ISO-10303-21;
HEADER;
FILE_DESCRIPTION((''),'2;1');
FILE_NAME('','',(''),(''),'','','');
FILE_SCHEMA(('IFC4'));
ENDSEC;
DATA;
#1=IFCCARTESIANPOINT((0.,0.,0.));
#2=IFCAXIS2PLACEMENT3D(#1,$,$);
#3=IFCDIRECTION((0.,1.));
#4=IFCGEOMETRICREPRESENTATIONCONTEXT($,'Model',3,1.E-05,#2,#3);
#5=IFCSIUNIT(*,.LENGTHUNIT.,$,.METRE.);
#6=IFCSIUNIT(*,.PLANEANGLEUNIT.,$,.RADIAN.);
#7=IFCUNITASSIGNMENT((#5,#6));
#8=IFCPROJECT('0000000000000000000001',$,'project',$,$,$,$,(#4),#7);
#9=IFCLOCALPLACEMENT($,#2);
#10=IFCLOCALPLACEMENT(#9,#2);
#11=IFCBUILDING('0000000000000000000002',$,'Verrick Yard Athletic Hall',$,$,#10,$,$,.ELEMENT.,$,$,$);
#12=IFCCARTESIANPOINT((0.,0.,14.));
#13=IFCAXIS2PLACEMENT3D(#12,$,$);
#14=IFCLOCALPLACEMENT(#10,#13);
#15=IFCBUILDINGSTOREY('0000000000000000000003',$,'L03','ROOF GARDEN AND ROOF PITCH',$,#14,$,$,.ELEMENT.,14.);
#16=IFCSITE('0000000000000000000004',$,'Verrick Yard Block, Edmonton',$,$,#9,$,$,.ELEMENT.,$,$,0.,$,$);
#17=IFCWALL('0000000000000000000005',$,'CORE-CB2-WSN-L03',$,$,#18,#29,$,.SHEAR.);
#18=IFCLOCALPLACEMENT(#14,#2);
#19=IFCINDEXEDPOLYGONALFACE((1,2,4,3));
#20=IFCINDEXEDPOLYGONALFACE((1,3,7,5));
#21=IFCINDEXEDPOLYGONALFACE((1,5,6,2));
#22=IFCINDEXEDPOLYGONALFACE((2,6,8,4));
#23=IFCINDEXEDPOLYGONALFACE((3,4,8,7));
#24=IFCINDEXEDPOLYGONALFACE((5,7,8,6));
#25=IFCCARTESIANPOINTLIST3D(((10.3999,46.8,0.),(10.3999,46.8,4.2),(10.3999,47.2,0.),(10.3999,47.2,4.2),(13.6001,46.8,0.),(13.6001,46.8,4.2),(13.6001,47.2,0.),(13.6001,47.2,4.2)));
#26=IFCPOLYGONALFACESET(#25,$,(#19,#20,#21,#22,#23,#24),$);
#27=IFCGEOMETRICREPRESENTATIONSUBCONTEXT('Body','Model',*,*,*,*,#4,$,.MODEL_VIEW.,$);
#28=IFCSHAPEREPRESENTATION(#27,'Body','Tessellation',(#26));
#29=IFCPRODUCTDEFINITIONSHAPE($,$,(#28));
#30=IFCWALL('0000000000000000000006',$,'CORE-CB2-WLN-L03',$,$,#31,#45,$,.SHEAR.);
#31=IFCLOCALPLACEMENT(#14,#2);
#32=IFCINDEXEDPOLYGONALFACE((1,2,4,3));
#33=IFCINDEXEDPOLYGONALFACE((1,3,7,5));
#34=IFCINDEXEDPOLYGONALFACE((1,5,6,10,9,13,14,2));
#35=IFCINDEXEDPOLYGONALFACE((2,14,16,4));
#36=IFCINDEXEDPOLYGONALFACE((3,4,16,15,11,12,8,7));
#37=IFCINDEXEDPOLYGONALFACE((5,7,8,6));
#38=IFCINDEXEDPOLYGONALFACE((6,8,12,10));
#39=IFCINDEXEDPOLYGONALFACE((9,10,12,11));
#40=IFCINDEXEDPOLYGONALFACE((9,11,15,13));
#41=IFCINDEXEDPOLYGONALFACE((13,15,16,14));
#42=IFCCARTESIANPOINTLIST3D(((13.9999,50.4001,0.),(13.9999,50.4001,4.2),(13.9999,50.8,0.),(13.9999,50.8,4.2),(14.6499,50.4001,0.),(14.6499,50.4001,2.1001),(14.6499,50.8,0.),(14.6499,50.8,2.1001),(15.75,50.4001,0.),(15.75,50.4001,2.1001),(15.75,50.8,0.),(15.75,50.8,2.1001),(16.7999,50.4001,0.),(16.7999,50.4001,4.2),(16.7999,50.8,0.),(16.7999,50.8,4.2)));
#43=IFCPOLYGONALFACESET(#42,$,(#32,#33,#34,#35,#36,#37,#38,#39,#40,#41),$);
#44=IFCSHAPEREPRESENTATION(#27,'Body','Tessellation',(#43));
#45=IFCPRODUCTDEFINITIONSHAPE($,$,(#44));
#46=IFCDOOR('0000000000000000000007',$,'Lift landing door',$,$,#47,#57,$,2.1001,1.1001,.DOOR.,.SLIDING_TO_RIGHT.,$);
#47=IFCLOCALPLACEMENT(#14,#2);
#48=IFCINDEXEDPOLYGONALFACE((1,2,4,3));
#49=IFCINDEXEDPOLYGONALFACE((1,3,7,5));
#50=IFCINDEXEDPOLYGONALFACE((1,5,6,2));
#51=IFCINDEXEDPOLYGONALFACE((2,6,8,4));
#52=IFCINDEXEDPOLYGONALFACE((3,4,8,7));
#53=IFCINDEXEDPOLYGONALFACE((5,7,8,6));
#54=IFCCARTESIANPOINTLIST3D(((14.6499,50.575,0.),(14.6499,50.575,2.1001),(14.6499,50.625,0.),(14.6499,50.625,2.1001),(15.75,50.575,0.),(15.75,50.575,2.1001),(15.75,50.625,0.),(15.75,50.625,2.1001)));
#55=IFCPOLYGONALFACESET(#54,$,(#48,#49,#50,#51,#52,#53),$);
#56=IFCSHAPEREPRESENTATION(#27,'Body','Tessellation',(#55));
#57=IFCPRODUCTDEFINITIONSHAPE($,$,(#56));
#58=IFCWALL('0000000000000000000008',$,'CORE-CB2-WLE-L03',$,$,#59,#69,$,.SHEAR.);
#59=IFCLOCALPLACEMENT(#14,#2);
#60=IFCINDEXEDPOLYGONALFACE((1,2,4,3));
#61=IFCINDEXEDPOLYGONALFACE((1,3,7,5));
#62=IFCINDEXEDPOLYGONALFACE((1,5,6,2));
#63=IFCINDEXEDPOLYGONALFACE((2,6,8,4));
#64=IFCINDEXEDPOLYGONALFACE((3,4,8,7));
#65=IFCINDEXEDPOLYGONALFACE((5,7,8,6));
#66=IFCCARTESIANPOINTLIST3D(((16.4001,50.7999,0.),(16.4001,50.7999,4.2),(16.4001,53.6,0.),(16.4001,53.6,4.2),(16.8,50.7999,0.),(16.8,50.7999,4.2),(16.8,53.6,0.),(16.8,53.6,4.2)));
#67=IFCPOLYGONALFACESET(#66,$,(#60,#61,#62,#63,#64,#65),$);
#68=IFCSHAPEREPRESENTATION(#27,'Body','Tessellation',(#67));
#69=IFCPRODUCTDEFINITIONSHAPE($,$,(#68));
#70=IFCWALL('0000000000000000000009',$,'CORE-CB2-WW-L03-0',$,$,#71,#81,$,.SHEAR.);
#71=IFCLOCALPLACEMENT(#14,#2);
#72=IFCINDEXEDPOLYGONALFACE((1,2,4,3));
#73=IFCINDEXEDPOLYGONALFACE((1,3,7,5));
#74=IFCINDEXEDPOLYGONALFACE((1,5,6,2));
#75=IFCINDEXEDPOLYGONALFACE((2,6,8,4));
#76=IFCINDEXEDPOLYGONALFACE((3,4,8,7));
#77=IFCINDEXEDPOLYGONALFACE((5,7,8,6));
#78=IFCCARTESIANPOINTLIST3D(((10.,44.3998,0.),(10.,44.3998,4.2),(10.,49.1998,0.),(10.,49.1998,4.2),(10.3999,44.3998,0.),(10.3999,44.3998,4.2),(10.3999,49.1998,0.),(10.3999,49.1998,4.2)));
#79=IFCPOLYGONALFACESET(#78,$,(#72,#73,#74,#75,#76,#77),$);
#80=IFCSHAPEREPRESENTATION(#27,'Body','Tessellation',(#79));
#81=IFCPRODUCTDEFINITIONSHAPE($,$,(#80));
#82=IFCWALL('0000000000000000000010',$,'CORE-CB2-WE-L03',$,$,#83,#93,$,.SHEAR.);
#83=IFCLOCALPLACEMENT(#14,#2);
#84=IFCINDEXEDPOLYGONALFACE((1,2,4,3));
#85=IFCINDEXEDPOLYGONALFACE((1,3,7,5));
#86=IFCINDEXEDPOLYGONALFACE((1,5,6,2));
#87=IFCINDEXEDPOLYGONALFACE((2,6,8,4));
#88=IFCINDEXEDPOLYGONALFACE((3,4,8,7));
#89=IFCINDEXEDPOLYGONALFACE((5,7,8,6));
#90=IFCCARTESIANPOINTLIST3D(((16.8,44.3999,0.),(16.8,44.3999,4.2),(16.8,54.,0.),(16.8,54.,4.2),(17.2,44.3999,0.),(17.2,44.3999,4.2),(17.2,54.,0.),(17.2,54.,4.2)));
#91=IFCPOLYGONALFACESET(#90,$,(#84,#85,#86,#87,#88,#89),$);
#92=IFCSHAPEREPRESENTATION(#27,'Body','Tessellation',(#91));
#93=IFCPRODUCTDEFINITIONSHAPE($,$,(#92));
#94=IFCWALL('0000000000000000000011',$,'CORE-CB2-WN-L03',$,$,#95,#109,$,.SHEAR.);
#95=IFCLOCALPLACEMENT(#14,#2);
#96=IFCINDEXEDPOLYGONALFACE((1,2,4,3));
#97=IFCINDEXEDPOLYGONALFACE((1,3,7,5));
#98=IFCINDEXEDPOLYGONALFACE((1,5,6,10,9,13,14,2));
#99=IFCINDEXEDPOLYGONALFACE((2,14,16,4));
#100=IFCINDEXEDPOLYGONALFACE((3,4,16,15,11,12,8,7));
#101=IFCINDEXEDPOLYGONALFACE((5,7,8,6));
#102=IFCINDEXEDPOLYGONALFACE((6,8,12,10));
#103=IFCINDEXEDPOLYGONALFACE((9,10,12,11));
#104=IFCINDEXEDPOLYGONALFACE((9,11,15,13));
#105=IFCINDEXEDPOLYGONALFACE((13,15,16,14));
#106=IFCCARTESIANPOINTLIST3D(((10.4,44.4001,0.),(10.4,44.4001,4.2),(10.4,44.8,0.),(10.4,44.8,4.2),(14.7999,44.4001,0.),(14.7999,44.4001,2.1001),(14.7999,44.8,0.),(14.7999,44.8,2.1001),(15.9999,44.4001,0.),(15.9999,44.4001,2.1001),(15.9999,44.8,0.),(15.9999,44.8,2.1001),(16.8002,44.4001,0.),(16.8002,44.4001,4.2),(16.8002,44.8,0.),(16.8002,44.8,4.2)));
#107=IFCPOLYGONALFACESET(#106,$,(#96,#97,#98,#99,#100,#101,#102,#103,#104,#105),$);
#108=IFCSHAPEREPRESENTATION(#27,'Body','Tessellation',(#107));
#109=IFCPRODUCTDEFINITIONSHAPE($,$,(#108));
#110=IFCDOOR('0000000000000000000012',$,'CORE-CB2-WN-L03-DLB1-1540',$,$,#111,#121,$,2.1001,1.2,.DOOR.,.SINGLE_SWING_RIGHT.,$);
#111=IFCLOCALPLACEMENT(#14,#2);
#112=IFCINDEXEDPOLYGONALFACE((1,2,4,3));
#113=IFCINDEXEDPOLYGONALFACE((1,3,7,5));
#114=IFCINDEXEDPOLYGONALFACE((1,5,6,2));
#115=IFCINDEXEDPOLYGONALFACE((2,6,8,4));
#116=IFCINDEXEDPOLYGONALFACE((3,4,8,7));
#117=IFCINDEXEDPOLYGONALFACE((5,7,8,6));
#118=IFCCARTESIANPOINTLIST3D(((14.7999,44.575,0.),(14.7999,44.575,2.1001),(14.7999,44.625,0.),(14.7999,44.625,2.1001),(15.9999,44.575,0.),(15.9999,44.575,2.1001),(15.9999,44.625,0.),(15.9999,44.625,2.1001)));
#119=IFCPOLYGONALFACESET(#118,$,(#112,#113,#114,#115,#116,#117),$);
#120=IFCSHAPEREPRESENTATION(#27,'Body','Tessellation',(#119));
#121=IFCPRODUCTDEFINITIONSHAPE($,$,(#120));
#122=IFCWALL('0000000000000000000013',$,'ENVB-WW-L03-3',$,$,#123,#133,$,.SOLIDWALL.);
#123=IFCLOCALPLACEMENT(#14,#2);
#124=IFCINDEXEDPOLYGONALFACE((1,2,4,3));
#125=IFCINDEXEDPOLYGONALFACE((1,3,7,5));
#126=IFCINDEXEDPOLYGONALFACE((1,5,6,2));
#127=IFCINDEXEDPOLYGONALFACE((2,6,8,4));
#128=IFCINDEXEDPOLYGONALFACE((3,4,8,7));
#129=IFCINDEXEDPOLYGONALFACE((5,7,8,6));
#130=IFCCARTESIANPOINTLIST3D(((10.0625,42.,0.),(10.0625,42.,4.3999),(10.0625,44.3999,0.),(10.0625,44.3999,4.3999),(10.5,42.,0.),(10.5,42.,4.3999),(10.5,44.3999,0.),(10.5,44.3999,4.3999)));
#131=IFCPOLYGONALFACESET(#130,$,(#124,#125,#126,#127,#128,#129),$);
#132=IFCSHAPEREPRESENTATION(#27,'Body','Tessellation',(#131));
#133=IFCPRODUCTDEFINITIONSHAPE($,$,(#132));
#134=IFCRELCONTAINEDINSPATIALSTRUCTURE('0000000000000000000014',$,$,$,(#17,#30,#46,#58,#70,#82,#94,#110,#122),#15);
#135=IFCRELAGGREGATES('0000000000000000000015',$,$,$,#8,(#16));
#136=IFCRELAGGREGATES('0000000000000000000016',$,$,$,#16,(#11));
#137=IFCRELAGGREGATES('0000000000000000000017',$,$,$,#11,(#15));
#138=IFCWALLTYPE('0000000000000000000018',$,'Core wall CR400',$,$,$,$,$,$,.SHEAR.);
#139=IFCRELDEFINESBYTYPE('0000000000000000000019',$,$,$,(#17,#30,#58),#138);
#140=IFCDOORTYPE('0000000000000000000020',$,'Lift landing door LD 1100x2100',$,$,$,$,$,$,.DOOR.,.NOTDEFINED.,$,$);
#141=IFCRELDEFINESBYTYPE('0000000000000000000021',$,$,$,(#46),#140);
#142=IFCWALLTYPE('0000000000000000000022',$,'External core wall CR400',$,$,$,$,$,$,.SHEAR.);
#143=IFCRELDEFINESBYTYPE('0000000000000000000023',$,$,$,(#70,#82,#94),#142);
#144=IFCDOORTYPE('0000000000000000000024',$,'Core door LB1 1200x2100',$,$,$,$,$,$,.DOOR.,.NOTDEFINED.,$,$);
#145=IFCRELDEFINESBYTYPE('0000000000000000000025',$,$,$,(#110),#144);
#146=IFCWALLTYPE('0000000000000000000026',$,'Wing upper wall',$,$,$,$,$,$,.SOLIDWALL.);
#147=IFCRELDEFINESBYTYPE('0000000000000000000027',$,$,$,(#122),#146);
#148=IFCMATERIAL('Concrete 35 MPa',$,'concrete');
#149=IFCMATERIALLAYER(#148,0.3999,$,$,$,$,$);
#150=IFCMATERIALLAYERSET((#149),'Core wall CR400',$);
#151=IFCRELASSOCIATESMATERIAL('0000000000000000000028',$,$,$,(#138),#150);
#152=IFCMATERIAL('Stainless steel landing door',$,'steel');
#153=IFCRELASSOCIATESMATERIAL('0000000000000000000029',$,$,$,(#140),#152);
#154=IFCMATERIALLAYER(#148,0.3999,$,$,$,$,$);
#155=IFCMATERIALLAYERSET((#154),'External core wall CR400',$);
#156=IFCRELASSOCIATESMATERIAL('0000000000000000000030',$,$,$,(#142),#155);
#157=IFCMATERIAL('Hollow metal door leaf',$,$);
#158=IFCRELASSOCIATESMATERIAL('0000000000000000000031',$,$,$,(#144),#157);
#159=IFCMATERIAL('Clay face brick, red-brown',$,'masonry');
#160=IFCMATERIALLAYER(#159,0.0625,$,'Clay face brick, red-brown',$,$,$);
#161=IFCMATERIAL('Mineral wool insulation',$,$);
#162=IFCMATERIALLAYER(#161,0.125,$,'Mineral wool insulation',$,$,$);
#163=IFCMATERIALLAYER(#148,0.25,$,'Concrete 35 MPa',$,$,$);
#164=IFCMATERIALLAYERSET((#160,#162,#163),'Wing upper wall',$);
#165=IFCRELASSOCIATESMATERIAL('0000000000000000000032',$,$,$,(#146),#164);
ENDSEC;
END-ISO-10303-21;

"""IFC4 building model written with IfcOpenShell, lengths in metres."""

from ifc_helpers import new_model, si_unit, direction, frame, frame_2d, origin, place, context, subcontext, project, spatial, rectangle, extrude, material, layer, layer_set, type_object, element, fill, save


model = new_model("IFC4")

# Units and contexts
model_context = context("Model", 3, precision=1e-05, world=origin(), true_north=direction((0.0, 1.0)))
body_context = subcontext(model_context, "Body", "Model", "MODEL_VIEW")
ifc_project = project(units=[si_unit("LENGTHUNIT", "METRE"), si_unit("PLANEANGLEUNIT", "RADIAN")], contexts=[model_context])

# Site, building, storey
site_placement = place(None, origin())
site = spatial("IfcSite", under=ifc_project, at=site_placement, Name="Verrick Yard Block, Edmonton", CompositionType="ELEMENT", RefElevation=0.0)
building_placement = place(site_placement, origin())
building = spatial("IfcBuilding", under=site, at=building_placement, Name="Verrick Yard Athletic Hall", CompositionType="ELEMENT")
storey_placement = place(building_placement, frame((0.0, 0.0, 14.0)))
storey = spatial("IfcBuildingStorey", under=building, at=storey_placement, Name="L03", Description="ROOF GARDEN AND ROOF PITCH", CompositionType="ELEMENT", Elevation=14.0)

# Shared definitions
ifc_material_1 = material(Name="Concrete 35 MPa", Category="concrete")
ifc_layer_1 = layer(ifc_material_1, 0.3999)
ifc_layer_set_1 = layer_set([ifc_layer_1], Name="Core wall CR400")
wall_type_1 = type_object("IfcWallType", Name="Core wall CR400", PredefinedType="SHEAR", material=ifc_layer_set_1)
ifc_material_2 = material(Name="Hollow metal door leaf")

# Wall
wall_1_placement = place(storey_placement, frame((10.3999, 47.0, 0.0), z_axis=(0.0, 0.0, 1.0), x_axis=(1.0, 0.0, 0.0)))
element("IfcWall", 1, at=wall_1_placement, inside=storey, type_object=wall_type_1, Name="CORE-CB2-WSN-L03", PredefinedType="SHEAR", context=body_context, shape_type="SweptSolid", body=[
    extrude(rectangle(XDim=3.2002, YDim=0.3999, at=frame_2d((1.6001, 0.0))), origin(), (0.0, 0.0, 1.0), 4.2),
])

# Wall, opening, door
wall_2_placement = place(storey_placement, frame((14.0, 50.6001, 0.0), z_axis=(0.0, 0.0, 1.0), x_axis=(1.0, 0.0, 0.0)))
wall_2 = element("IfcWall", 2, at=wall_2_placement, inside=storey, type_object=wall_type_1, Name="CORE-CB2-WLN-L03", PredefinedType="SHEAR", context=body_context, shape_type="SweptSolid", body=[
    extrude(rectangle(XDim=2.8, YDim=0.3999, at=frame_2d((1.3999, 0.0))), origin(), (0.0, 0.0, 1.0), 4.2),
])
opening_1_placement = place(wall_2_placement, frame((0.6499, 0.0, 0.0)))
opening_1 = element("IfcOpeningElement", 3, at=opening_1_placement, cuts=wall_2, PredefinedType="OPENING", context=body_context, shape_type="SweptSolid", body=[
    extrude(rectangle(XDim=1.1001, YDim=2.1001, at=frame_2d((0.55, 1.05))), frame((0.0, 0.21, 0.0), z_axis=(0.0, -1.0, 0.0), x_axis=(1.0, 0.0, 0.0)), (0.0, 0.0, 1.0), 0.4199),
])
ifc_material_3 = material(Name="Stainless steel landing door", Category="steel")
door_type_1 = type_object("IfcDoorType", Name="Lift landing door LD 1100x2100", OperationType="NOTDEFINED", PredefinedType="DOOR", material=ifc_material_3)
door_1_placement = place(opening_1_placement, origin())
door_1 = element("IfcDoor", 4, at=door_1_placement, inside=storey, type_object=door_type_1, Name="Lift landing door", OperationType="SLIDING_TO_RIGHT", OverallHeight=2.1001, OverallWidth=1.1001, PredefinedType="DOOR", context=body_context, shape_type="SweptSolid", body=[
    extrude(rectangle(XDim=1.1001, YDim=2.1001, at=frame_2d((0.55, 1.05))), frame((0.0, 0.0249, 0.0), z_axis=(0.0, -1.0, 0.0), x_axis=(1.0, 0.0, 0.0)), (0.0, 0.0, 1.0), 0.05),
])
fill(opening_1, door_1)

# Walls
wall_3_placement = place(storey_placement, frame((16.6001, 50.8, 0.0), z_axis=(0.0, 0.0, 1.0), x_axis=(0.0, 1.0, 0.0)))
element("IfcWall", 5, at=wall_3_placement, inside=storey, type_object=wall_type_1, Name="CORE-CB2-WLE-L03", PredefinedType="SHEAR", context=body_context, shape_type="SweptSolid", body=[
    extrude(rectangle(XDim=2.8, YDim=0.3999, at=frame_2d((1.3999, 0.0))), origin(), (0.0, 0.0, 1.0), 4.2),
])
ifc_layer_2 = layer(ifc_material_1, 0.3999)
ifc_layer_set_2 = layer_set([ifc_layer_2], Name="External core wall CR400")
wall_type_2 = type_object("IfcWallType", Name="External core wall CR400", PredefinedType="SHEAR", material=ifc_layer_set_2)
wall_4_placement = place(storey_placement, frame((10.2, 44.3999, 0.0), z_axis=(0.0, 0.0, 1.0), x_axis=(0.0, 1.0, 0.0)))
element("IfcWall", 6, at=wall_4_placement, inside=storey, type_object=wall_type_2, Name="CORE-CB2-WW-L03-0", PredefinedType="SHEAR", context=body_context, shape_type="SweptSolid", body=[
    extrude(rectangle(XDim=4.8, YDim=0.3999, at=frame_2d((2.3999, 0.0))), origin(), (0.0, 0.0, 1.0), 4.2),
])
wall_5_placement = place(storey_placement, frame((17.0, 44.3999, 0.0), z_axis=(0.0, 0.0, 1.0), x_axis=(0.0, 1.0, 0.0)))
element("IfcWall", 7, at=wall_5_placement, inside=storey, type_object=wall_type_2, Name="CORE-CB2-WE-L03", PredefinedType="SHEAR", context=body_context, shape_type="SweptSolid", body=[
    extrude(rectangle(XDim=9.6001, YDim=0.3999, at=frame_2d((4.8, 0.0))), origin(), (0.0, 0.0, 1.0), 4.2),
])

# Wall, opening, door
wall_6_placement = place(storey_placement, frame((10.3999, 44.6001, 0.0), z_axis=(0.0, 0.0, 1.0), x_axis=(1.0, 0.0, 0.0)))
wall_6 = element("IfcWall", 8, at=wall_6_placement, inside=storey, type_object=wall_type_2, Name="CORE-CB2-WN-L03", PredefinedType="SHEAR", context=body_context, shape_type="SweptSolid", body=[
    extrude(rectangle(XDim=6.4001, YDim=0.3999, at=frame_2d((3.2002, 0.0))), origin(), (0.0, 0.0, 1.0), 4.2),
])
opening_2_placement = place(wall_6_placement, frame((4.3999, 0.0, 0.0)))
opening_2 = element("IfcOpeningElement", 9, at=opening_2_placement, cuts=wall_6, PredefinedType="OPENING", context=body_context, shape_type="SweptSolid", body=[
    extrude(rectangle(XDim=1.2, YDim=2.1001, at=frame_2d((0.6001, 1.05))), frame((0.0, 0.21, 0.0), z_axis=(0.0, -1.0, 0.0), x_axis=(1.0, 0.0, 0.0)), (0.0, 0.0, 1.0), 0.4199),
])
door_type_2 = type_object("IfcDoorType", Name="Core door LB1 1200x2100", OperationType="NOTDEFINED", PredefinedType="DOOR", material=ifc_material_2)
door_2_placement = place(opening_2_placement, origin())
door_2 = element("IfcDoor", 10, at=door_2_placement, inside=storey, type_object=door_type_2, Name="CORE-CB2-WN-L03-DLB1-1540", OperationType="SINGLE_SWING_RIGHT", OverallHeight=2.1001, OverallWidth=1.2, PredefinedType="DOOR", context=body_context, shape_type="SweptSolid", body=[
    extrude(rectangle(XDim=1.2, YDim=2.1001, at=frame_2d((0.6001, 1.05))), frame((0.0, 0.0249, 0.0), z_axis=(0.0, -1.0, 0.0), x_axis=(1.0, 0.0, 0.0)), (0.0, 0.0, 1.0), 0.05),
])
fill(opening_2, door_2)

# Wall
ifc_material_4 = material(Name="Clay face brick, red-brown", Category="masonry")
ifc_layer_3 = layer(ifc_material_4, 0.0625, Name="Clay face brick, red-brown")
ifc_material_5 = material(Name="Mineral wool insulation")
ifc_layer_4 = layer(ifc_material_5, 0.125, Name="Mineral wool insulation")
ifc_layer_5 = layer(ifc_material_1, 0.25, Name="Concrete 35 MPa")
ifc_layer_set_3 = layer_set([ifc_layer_3, ifc_layer_4, ifc_layer_5], Name="Wing upper wall")
wall_type_3 = type_object("IfcWallType", Name="Wing upper wall", PredefinedType="SOLIDWALL", material=ifc_layer_set_3)
wall_7_placement = place(storey_placement, frame((10.2812, 42.0, 0.0), z_axis=(0.0, 0.0, 1.0), x_axis=(0.0, 1.0, 0.0)))
element("IfcWall", 11, at=wall_7_placement, inside=storey, type_object=wall_type_3, Name="ENVB-WW-L03-3", PredefinedType="SOLIDWALL", context=body_context, shape_type="SweptSolid", body=[
    extrude(rectangle(XDim=2.3999, YDim=0.4375, at=frame_2d((1.2, 0.0))), origin(), (0.0, 0.0, 1.0), 4.3999),
])

save(model, "model.ifc")
